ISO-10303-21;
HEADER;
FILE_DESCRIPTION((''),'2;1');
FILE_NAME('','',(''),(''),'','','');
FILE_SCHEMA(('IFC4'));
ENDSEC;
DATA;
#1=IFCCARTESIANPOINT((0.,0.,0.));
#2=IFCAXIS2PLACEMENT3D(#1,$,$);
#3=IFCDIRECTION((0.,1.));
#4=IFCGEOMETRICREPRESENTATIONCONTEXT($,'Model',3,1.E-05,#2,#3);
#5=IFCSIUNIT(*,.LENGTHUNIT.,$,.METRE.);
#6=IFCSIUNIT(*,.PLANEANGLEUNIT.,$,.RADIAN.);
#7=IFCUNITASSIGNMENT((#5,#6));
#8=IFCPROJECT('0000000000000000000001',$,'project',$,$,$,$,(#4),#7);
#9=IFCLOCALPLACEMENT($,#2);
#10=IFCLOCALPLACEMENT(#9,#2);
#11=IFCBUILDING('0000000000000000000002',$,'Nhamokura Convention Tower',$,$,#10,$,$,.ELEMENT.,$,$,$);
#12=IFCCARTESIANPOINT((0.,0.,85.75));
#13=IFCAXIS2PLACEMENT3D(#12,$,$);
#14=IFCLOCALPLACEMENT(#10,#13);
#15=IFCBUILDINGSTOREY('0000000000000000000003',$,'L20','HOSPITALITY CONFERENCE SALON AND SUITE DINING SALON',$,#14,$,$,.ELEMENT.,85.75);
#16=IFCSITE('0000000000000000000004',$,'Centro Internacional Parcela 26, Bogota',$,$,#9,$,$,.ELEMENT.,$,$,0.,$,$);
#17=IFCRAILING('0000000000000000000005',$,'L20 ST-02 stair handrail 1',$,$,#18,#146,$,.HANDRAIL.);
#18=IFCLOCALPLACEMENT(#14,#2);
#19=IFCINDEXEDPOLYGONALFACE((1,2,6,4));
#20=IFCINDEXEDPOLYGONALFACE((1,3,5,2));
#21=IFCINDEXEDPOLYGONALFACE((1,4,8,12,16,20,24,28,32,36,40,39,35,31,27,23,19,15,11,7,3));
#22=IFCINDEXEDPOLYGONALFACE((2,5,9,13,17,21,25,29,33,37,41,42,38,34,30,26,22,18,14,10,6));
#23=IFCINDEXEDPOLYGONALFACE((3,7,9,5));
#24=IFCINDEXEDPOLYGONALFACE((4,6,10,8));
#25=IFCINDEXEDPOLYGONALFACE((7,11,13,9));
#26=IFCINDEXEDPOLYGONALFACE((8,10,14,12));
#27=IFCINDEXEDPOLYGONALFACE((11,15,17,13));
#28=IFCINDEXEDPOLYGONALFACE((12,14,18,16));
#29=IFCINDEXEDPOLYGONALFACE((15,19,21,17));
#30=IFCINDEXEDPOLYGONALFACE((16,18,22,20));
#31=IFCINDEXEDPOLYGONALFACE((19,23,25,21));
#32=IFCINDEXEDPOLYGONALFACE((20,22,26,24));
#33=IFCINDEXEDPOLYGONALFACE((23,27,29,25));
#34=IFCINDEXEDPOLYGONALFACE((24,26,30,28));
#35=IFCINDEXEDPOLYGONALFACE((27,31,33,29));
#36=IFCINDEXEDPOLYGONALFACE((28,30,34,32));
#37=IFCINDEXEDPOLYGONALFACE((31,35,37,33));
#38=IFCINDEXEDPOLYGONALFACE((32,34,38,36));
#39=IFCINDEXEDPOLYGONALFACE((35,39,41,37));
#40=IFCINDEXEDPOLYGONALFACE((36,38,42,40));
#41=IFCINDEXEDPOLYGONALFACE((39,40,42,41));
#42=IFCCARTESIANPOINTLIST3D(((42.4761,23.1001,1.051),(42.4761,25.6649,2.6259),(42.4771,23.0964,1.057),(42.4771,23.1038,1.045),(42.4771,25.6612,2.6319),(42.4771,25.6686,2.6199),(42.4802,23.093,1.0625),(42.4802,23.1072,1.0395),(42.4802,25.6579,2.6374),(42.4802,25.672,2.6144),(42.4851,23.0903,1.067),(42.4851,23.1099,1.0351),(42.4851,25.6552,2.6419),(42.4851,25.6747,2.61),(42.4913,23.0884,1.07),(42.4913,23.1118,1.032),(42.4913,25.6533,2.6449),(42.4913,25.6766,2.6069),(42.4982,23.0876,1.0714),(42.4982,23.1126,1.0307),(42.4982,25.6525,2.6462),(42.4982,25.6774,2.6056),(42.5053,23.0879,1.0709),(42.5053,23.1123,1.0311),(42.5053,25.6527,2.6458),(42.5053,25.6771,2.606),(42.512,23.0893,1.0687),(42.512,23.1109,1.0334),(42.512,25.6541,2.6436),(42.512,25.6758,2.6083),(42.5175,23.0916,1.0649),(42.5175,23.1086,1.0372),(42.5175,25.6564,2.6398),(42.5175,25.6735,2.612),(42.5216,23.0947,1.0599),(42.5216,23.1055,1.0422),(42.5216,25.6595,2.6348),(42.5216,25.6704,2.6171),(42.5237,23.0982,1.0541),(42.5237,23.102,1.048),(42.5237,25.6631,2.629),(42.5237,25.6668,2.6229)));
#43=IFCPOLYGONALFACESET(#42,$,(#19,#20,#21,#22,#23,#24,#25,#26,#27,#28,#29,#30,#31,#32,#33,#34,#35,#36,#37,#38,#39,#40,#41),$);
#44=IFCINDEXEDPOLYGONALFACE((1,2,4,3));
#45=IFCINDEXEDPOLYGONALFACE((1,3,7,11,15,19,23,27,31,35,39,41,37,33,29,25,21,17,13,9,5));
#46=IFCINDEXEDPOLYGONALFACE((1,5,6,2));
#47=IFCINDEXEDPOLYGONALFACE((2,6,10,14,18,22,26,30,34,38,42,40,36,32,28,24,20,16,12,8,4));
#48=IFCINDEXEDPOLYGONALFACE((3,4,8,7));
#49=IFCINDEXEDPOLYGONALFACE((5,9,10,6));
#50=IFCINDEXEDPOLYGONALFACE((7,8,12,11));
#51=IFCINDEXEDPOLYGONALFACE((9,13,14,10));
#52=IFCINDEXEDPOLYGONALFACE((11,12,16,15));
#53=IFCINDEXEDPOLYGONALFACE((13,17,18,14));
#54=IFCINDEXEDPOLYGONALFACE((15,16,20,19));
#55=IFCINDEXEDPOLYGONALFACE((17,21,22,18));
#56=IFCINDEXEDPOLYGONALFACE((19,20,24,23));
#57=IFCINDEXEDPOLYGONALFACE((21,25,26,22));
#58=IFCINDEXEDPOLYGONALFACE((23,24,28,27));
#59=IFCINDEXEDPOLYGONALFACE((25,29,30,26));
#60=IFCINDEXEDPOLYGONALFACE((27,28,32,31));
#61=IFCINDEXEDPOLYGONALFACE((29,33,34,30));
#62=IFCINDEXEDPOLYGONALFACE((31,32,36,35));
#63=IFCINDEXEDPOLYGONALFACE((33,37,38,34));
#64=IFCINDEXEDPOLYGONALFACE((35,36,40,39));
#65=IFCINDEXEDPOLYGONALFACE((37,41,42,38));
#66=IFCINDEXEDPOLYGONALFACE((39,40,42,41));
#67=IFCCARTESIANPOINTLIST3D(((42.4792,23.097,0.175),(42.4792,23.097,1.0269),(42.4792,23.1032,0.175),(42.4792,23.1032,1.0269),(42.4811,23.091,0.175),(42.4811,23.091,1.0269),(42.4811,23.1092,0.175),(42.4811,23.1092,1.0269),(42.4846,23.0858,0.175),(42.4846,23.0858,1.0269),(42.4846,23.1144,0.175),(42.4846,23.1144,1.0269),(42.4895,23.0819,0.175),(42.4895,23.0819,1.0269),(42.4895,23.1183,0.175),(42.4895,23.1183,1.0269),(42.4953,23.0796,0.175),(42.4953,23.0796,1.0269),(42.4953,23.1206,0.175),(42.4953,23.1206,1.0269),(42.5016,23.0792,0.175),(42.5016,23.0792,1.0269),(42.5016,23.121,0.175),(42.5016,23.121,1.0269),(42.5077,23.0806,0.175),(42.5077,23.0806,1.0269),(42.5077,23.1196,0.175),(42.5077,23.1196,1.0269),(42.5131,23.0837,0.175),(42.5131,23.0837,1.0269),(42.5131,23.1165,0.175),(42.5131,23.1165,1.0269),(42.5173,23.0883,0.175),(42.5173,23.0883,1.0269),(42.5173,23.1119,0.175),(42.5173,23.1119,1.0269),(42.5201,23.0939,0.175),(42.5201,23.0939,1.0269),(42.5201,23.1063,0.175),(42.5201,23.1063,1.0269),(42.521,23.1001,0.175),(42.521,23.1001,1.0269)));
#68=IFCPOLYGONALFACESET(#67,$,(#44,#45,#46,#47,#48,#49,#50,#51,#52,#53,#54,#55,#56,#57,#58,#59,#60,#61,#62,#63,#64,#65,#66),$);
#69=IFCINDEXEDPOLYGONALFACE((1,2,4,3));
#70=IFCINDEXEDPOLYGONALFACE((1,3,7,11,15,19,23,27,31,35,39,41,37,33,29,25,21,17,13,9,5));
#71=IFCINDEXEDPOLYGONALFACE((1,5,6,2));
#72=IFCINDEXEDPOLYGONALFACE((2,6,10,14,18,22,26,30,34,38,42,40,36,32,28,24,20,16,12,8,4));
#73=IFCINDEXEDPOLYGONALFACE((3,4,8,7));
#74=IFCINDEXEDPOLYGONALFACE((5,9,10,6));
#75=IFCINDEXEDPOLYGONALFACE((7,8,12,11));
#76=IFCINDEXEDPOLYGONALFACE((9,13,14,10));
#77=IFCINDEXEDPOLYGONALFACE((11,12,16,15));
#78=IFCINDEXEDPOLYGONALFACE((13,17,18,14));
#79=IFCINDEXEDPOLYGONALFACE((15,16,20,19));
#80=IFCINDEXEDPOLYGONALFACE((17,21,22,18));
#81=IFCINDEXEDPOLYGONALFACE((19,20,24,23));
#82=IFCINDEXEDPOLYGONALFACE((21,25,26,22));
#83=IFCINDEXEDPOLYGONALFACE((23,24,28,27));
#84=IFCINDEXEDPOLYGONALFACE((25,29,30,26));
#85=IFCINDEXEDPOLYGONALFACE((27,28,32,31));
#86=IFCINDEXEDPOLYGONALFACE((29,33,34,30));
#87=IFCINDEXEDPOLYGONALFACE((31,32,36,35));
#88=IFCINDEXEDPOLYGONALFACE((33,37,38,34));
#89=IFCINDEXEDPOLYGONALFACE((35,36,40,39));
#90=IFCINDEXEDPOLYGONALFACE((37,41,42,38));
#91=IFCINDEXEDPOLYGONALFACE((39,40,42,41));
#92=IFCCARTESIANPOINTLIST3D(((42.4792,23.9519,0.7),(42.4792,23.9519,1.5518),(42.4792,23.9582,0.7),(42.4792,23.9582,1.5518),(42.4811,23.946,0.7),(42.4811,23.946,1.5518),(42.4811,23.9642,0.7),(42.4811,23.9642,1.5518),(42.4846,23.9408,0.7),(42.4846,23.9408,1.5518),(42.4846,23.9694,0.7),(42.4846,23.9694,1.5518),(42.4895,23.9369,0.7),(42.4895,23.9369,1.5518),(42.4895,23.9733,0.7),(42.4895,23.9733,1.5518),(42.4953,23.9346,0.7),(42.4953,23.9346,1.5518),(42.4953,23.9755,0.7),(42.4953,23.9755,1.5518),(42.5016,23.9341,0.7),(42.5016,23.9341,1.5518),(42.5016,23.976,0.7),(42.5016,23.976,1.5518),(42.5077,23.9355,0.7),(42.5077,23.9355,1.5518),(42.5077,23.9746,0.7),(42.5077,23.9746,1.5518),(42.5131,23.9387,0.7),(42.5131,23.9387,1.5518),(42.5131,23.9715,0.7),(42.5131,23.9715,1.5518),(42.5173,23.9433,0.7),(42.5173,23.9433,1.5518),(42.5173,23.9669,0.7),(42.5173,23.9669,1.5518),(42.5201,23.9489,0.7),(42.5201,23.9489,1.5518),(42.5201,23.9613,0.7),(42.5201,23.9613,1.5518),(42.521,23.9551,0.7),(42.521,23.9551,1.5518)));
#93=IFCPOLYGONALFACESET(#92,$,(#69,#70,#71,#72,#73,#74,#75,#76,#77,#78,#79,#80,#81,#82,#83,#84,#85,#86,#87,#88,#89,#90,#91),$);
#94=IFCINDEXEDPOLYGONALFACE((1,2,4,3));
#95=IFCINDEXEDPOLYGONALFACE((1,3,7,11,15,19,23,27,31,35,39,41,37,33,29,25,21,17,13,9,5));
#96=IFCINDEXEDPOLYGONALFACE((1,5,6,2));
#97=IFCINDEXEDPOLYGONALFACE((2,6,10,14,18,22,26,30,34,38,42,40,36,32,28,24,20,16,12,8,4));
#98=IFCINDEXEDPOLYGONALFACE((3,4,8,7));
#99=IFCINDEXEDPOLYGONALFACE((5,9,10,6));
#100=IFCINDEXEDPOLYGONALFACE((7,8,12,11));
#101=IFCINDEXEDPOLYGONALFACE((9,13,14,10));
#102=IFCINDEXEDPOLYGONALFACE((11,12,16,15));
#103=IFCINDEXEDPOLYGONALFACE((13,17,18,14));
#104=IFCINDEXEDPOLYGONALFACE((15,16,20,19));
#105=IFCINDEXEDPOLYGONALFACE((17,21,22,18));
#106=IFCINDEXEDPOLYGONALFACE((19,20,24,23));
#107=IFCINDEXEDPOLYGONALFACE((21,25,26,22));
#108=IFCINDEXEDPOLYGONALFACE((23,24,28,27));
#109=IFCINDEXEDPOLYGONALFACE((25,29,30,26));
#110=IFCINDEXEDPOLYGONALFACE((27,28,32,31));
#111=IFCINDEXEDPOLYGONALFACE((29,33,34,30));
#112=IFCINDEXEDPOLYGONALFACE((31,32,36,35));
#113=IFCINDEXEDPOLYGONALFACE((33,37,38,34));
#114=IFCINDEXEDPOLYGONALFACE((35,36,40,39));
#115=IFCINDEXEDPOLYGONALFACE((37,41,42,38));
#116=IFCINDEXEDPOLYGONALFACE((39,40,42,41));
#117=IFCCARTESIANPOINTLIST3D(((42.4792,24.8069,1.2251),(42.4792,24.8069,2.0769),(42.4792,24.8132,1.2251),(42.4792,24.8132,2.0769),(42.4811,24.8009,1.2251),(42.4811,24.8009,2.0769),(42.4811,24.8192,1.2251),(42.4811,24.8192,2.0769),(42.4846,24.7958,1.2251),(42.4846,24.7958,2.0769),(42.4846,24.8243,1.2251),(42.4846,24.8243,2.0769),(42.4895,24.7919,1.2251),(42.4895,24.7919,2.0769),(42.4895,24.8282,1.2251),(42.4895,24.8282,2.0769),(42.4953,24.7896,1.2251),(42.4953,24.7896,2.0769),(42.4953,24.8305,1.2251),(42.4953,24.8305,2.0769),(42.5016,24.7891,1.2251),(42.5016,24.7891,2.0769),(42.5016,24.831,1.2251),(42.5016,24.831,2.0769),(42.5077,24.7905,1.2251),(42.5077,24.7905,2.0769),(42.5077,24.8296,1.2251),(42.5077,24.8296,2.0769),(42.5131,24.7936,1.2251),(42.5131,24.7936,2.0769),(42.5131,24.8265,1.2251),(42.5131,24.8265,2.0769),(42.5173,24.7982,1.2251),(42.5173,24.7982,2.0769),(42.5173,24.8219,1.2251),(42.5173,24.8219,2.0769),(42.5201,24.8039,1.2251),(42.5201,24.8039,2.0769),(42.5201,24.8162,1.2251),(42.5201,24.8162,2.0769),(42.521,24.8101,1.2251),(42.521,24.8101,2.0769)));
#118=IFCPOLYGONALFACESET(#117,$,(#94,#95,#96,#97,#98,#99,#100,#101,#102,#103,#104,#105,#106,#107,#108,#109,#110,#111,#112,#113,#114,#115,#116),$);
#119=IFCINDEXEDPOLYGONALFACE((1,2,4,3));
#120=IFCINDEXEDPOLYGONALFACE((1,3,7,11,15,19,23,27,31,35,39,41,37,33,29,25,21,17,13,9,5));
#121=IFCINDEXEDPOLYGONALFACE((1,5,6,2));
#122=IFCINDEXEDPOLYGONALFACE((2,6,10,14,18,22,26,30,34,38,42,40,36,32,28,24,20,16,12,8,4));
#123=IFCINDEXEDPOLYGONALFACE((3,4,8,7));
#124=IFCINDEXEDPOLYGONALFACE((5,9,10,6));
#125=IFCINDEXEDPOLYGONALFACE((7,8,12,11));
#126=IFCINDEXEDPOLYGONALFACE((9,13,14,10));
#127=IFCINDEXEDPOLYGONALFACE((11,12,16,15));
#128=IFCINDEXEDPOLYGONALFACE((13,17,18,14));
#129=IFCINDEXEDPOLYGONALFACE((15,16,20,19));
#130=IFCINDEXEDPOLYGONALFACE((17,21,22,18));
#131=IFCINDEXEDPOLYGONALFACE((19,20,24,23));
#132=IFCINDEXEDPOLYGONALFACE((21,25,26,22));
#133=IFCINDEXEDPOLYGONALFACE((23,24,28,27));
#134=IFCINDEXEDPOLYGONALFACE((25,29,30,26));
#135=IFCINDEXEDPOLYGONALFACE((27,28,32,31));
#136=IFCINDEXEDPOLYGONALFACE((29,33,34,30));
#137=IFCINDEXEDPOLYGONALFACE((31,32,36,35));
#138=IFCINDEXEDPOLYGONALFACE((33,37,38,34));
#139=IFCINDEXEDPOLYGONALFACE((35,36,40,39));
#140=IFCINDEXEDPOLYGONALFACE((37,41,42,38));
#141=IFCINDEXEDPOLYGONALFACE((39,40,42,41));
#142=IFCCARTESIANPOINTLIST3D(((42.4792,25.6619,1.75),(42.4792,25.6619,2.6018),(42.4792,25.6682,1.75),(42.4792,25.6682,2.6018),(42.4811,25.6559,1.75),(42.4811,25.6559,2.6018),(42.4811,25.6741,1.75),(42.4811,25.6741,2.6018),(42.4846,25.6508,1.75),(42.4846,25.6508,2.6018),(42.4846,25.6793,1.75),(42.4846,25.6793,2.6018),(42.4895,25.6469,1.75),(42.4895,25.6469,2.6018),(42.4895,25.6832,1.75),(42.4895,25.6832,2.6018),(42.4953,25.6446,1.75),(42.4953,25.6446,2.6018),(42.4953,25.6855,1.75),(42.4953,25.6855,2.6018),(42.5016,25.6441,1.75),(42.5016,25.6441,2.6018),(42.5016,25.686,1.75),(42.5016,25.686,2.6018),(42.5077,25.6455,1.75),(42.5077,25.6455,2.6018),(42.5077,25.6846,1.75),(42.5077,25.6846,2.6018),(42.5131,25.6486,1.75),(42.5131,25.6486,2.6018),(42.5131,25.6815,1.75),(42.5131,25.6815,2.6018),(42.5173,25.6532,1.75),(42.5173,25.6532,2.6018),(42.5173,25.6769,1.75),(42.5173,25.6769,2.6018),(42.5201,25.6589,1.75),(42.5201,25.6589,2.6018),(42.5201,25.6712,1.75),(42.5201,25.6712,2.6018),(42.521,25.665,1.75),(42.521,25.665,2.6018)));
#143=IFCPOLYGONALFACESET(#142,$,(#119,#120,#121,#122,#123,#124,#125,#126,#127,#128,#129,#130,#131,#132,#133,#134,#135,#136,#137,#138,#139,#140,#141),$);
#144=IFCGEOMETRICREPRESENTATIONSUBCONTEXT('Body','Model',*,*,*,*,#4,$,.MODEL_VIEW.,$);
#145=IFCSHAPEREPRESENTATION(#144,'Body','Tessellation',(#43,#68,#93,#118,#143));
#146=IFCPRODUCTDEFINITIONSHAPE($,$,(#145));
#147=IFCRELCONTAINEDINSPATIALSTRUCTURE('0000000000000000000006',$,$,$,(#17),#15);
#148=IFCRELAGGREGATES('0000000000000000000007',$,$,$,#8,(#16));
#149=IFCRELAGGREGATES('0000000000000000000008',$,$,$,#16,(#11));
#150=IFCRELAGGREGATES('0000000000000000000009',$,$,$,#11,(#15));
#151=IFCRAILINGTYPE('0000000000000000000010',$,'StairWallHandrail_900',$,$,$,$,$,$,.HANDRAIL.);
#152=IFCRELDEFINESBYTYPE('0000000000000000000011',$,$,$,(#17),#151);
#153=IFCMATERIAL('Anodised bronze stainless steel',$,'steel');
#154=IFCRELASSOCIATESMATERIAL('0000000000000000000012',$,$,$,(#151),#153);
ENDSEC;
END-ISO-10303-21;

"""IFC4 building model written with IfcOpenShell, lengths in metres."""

from ifc_helpers import new_model, si_unit, direction, frame, origin, origin_2d, place, context, subcontext, project, spatial, circle, extrude, material, type_object, element, save


model = new_model("IFC4")

# Units and contexts
model_context = context("Model", 3, precision=1e-05, world=origin(), true_north=direction((0.0, 1.0)))
body_context = subcontext(model_context, "Body", "Model", "MODEL_VIEW")
ifc_project = project(units=[si_unit("LENGTHUNIT", "METRE"), si_unit("PLANEANGLEUNIT", "RADIAN")], contexts=[model_context])

# Site, building, storey
site_placement = place(None, origin())
site = spatial("IfcSite", under=ifc_project, at=site_placement, Name="Centro Internacional Parcela 26, Bogota", CompositionType="ELEMENT", RefElevation=0.0)
building_placement = place(site_placement, origin())
building = spatial("IfcBuilding", under=site, at=building_placement, Name="Nhamokura Convention Tower", CompositionType="ELEMENT")
storey_placement = place(building_placement, frame((0.0, 0.0, 85.75)))
storey = spatial("IfcBuildingStorey", under=building, at=storey_placement, Name="L20", Description="HOSPITALITY CONFERENCE SALON AND SUITE DINING SALON", CompositionType="ELEMENT", Elevation=85.75)

# Railing
ifc_material_1 = material(Name="Anodised bronze stainless steel", Category="steel")
railing_type_1 = type_object("IfcRailingType", Name="StairWallHandrail_900", PredefinedType="HANDRAIL", material=ifc_material_1)
railing_1_placement = place(storey_placement, frame((42.5, 23.1001, 0.175)))
element("IfcRailing", 1, at=railing_1_placement, inside=storey, type_object=railing_type_1, Name="L20 ST-02 stair handrail 1", PredefinedType="HANDRAIL", context=body_context, shape_type="SweptSolid", body=[
    extrude(circle(Radius=0.0239, at=origin_2d()), frame((0.0, 0.0, 0.876), z_axis=(0.0, 0.852173, 0.52326), x_axis=(-1.0, 0.0, 0.0)), (0.0, 0.0, 1.0), 3.0098),
    extrude(circle(Radius=0.021, at=origin_2d()), origin(), (0.0, 0.0, 1.0), 0.8518),
    extrude(circle(Radius=0.021, at=origin_2d()), frame((0.0, 0.855, 0.5249)), (0.0, 0.0, 1.0), 0.8518),
    extrude(circle(Radius=0.021, at=origin_2d()), frame((0.0, 1.71, 1.05)), (0.0, 0.0, 1.0), 0.8518),
    extrude(circle(Radius=0.021, at=origin_2d()), frame((0.0, 2.5649, 1.575)), (0.0, 0.0, 1.0), 0.8518),
])

save(model, "model.ifc")
